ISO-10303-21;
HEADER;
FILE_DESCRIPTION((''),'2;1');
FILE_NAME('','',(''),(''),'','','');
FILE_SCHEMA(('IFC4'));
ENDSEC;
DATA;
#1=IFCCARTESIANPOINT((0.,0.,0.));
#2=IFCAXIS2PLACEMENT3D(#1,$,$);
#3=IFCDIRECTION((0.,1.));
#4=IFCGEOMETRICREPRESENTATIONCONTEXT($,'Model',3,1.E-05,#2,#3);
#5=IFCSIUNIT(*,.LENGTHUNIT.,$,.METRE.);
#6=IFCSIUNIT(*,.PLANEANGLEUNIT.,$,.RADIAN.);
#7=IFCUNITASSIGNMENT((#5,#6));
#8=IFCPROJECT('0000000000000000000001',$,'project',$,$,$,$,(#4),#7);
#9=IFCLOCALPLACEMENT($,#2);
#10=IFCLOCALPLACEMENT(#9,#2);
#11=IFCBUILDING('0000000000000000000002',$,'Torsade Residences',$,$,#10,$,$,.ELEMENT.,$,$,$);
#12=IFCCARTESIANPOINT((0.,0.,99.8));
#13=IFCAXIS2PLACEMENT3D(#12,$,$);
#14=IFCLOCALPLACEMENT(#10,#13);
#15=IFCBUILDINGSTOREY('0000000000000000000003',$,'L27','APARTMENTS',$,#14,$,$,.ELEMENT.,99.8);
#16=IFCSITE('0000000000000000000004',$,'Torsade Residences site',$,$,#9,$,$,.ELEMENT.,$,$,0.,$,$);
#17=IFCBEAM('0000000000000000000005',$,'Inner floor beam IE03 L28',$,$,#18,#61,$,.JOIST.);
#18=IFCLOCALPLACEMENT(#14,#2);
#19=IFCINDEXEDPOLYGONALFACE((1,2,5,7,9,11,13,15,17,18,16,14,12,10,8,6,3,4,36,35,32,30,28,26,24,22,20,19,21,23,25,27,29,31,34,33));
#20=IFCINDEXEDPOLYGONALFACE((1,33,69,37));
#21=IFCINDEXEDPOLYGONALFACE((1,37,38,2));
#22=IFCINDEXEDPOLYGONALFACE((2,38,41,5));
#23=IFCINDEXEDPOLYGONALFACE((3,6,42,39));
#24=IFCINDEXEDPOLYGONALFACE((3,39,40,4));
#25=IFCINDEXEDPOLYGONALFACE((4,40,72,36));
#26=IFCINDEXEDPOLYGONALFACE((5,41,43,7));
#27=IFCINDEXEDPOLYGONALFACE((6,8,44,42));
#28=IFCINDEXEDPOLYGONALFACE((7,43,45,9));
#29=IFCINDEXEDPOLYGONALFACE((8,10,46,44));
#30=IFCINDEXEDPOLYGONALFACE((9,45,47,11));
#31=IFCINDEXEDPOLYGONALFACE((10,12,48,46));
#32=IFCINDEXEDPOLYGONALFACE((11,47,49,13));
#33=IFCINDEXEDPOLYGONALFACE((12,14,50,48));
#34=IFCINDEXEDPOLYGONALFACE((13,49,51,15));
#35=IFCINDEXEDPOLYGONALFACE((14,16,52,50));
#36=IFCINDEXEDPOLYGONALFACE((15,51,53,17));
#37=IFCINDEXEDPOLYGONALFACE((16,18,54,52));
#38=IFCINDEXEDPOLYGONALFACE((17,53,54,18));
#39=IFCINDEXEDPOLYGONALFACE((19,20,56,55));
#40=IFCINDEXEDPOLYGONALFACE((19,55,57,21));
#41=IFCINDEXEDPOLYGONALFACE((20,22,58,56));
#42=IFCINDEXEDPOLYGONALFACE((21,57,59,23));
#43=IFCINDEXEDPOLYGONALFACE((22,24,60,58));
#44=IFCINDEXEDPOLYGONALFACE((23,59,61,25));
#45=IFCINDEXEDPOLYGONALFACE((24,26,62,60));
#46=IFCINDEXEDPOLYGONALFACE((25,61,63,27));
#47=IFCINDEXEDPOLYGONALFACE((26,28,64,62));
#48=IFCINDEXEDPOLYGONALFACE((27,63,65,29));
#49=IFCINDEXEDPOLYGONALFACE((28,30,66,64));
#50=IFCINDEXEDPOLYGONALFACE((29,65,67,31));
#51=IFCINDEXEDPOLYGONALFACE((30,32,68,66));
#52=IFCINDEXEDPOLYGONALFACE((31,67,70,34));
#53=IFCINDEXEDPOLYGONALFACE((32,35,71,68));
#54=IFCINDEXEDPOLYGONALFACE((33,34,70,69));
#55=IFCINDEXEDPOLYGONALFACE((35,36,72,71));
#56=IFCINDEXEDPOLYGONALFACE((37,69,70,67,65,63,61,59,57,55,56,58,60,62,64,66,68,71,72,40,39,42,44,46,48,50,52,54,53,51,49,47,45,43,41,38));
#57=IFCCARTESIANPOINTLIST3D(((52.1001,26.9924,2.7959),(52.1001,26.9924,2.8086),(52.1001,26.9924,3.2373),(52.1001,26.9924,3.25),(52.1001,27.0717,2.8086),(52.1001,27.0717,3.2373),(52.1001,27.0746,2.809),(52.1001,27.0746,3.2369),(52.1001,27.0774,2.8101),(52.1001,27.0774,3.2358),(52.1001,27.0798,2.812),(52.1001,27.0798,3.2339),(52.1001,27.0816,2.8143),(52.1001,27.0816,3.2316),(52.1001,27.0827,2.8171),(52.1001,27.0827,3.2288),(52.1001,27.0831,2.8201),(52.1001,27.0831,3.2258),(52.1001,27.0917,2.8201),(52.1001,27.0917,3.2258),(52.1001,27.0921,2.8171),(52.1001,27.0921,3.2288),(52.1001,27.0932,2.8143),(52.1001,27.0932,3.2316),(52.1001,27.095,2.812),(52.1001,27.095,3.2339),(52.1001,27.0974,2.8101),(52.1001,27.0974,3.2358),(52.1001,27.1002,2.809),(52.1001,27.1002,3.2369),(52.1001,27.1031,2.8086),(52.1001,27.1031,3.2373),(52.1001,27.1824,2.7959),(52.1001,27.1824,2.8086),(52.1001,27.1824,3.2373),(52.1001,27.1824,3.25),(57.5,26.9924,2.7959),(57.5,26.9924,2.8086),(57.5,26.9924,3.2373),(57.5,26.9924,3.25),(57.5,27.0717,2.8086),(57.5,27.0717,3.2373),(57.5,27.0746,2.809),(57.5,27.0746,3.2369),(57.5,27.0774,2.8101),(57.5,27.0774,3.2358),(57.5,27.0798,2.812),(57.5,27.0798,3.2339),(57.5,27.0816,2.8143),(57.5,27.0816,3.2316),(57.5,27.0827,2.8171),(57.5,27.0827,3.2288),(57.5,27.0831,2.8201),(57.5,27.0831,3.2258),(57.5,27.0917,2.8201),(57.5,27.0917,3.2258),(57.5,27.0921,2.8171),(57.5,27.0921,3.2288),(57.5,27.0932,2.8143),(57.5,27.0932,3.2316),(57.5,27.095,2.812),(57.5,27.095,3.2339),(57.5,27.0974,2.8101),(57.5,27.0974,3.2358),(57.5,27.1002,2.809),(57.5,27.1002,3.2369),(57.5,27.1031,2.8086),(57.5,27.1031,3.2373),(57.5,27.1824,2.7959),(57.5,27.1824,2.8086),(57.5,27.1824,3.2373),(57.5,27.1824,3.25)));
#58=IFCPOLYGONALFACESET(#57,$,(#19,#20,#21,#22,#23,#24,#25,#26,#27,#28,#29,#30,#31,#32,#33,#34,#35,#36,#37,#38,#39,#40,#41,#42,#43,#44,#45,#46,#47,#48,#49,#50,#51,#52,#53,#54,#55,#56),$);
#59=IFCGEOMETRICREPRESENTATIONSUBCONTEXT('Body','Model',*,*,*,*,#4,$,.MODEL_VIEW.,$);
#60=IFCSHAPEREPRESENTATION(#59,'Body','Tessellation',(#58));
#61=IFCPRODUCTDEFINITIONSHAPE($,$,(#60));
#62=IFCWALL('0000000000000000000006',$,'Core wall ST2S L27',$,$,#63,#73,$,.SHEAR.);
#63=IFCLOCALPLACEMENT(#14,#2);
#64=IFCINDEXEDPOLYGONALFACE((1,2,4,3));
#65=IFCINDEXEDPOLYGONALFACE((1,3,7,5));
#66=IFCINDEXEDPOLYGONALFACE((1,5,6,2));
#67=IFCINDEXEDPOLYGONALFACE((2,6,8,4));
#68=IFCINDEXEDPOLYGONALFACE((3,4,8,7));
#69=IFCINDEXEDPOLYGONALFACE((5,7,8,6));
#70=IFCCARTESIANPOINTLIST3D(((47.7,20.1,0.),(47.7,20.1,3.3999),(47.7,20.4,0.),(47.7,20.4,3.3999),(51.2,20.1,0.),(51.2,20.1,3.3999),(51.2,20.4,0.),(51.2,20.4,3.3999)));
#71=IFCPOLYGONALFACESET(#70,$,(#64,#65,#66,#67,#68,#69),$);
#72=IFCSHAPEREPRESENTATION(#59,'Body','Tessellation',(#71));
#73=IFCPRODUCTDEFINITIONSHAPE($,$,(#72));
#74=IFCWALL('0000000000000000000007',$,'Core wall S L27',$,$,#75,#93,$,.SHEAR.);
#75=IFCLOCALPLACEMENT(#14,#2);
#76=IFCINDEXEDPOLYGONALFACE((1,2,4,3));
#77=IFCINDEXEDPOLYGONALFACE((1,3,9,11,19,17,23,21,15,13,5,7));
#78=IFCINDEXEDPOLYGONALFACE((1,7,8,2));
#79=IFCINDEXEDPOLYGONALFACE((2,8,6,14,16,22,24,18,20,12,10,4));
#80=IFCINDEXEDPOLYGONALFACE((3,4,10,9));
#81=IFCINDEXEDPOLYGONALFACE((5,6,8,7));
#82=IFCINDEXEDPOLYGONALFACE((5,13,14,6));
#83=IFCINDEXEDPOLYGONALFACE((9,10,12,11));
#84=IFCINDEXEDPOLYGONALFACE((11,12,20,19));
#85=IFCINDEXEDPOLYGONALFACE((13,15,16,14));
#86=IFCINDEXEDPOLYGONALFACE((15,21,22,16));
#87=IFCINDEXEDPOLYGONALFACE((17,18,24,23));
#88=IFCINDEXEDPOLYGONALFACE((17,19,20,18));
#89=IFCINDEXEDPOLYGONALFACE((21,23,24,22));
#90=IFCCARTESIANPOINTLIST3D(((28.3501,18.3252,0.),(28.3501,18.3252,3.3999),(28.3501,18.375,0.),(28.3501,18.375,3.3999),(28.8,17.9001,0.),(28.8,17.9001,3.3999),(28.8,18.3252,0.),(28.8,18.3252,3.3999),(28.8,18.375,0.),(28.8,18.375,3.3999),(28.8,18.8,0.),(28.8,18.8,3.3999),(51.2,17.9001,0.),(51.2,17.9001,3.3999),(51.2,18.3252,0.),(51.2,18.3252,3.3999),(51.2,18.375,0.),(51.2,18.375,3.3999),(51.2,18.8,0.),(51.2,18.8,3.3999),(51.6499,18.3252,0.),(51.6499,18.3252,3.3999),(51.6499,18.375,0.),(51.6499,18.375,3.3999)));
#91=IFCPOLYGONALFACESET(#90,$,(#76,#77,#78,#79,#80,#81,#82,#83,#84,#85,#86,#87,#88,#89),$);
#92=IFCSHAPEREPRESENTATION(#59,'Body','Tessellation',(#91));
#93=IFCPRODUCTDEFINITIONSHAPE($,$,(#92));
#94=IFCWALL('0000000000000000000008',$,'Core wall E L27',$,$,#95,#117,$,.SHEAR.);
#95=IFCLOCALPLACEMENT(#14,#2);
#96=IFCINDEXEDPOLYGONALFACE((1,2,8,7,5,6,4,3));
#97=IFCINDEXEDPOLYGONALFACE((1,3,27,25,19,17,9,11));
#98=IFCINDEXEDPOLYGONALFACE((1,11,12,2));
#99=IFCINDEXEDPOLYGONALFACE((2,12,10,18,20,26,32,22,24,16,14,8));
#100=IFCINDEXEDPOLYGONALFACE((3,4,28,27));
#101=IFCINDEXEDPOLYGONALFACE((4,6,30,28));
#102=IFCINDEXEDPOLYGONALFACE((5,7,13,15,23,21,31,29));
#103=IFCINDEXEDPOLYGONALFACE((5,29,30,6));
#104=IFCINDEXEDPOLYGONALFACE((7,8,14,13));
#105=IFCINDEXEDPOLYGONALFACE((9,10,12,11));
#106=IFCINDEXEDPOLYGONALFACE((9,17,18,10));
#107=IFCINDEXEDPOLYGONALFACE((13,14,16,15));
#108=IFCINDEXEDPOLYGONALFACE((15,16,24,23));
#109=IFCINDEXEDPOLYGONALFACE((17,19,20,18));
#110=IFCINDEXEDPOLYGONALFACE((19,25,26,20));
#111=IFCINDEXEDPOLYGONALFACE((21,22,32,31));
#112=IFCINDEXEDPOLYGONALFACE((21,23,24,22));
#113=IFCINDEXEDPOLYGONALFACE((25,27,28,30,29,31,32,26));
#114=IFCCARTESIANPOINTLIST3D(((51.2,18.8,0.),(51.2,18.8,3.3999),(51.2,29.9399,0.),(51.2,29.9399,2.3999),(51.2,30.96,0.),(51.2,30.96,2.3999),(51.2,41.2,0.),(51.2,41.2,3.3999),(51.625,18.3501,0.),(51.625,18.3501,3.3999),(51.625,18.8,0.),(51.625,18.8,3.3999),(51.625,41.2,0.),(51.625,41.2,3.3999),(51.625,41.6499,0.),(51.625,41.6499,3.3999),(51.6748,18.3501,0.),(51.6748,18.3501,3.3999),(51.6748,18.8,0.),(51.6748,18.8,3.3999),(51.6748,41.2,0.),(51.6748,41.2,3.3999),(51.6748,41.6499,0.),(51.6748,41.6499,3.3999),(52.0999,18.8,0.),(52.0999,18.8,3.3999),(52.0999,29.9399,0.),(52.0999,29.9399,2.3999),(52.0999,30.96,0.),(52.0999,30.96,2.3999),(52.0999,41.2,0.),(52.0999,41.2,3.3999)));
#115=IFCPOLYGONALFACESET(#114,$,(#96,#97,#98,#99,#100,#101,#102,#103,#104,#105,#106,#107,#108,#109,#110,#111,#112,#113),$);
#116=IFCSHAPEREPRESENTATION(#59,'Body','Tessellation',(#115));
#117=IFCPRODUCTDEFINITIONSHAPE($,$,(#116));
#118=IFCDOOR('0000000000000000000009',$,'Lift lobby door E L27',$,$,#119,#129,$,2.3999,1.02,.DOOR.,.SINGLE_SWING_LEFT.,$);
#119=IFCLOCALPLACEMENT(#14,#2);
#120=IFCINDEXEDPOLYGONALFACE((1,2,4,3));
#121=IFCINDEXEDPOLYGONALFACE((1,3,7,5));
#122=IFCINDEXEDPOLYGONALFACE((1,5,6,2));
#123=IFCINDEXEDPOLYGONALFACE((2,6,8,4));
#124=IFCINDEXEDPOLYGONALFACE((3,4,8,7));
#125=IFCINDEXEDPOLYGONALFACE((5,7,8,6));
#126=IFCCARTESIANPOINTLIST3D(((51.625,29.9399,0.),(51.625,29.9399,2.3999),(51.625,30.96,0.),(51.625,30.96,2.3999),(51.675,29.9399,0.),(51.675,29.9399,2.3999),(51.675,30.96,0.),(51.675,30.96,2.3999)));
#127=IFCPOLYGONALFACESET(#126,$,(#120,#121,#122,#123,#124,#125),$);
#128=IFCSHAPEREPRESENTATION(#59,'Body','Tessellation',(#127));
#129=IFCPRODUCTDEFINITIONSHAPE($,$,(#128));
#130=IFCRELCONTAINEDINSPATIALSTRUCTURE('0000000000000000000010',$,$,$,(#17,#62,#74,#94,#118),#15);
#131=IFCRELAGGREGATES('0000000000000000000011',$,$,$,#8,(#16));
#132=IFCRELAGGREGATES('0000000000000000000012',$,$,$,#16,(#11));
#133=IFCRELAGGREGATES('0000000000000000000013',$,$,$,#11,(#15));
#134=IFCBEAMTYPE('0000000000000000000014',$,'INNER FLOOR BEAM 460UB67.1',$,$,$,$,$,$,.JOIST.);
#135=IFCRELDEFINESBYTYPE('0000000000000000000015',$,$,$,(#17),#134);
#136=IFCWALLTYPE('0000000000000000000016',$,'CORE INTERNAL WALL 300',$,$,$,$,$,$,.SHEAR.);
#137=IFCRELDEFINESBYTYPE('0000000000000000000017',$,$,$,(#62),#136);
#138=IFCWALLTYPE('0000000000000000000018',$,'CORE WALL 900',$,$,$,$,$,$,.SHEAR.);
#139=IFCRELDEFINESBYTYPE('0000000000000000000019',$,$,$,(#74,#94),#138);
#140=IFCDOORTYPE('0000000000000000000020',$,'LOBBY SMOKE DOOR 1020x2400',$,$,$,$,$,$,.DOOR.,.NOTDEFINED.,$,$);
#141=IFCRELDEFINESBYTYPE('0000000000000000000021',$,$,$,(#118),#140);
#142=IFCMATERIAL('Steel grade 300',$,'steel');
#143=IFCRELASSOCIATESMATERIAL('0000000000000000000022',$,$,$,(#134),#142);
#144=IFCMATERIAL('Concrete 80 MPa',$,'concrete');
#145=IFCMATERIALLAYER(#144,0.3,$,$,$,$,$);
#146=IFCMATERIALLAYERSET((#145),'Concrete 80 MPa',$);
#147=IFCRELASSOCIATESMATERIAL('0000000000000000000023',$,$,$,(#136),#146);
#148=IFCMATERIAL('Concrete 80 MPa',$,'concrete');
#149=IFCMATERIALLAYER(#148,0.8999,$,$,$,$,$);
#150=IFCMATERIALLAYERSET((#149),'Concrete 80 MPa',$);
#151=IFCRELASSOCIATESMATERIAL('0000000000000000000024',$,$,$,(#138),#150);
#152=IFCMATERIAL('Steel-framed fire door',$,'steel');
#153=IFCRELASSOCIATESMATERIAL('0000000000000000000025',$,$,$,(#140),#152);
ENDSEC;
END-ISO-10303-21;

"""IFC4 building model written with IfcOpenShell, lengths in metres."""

from ifc_helpers import new_model, si_unit, direction, frame, frame_2d, origin, origin_2d, place, context, subcontext, project, spatial, polyline, rectangle, i_section, outline, extrude, material, layer, layer_set, material_profile, profile_set, type_object, element, fill, save


model = new_model("IFC4")

# Units and contexts
model_context = context("Model", 3, precision=1e-05, world=origin(), true_north=direction((0.0, 1.0)))
body_context = subcontext(model_context, "Body", "Model", "MODEL_VIEW")
ifc_project = project(units=[si_unit("LENGTHUNIT", "METRE"), si_unit("PLANEANGLEUNIT", "RADIAN")], contexts=[model_context])

# Site, building, storey
site_placement = place(None, origin())
site = spatial("IfcSite", under=ifc_project, at=site_placement, Name="Torsade Residences site", CompositionType="ELEMENT", RefElevation=0.0)
building_placement = place(site_placement, origin())
building = spatial("IfcBuilding", under=site, at=building_placement, Name="Torsade Residences", CompositionType="ELEMENT")
storey_placement = place(building_placement, frame((0.0, 0.0, 99.8)))
storey = spatial("IfcBuildingStorey", under=building, at=storey_placement, Name="L27", Description="APARTMENTS", CompositionType="ELEMENT", Elevation=99.8)

# Beam
ifc_material_1 = material(Name="Steel grade 300", Category="steel")
ifc_material_profile_1 = material_profile(ifc_material_1, i_section(OverallWidth=0.1899, OverallDepth=0.4541, WebThickness=0.0085, FlangeThickness=0.0127, FilletRadius=0.0115, at=origin_2d()), Name="460UB67.1")
ifc_profile_set_1 = profile_set([ifc_material_profile_1], Name="Steel grade 300")
beam_type = type_object("IfcBeamType", Name="INNER FLOOR BEAM 460UB67.1", PredefinedType="JOIST", material=ifc_profile_set_1)
beam_1_placement = place(storey_placement, frame((52.1001, 27.0874, 3.0229), z_axis=(1.0, 0.0, 0.0), x_axis=(0.0, 1.0, 0.0)))
element("IfcBeam", 1, at=beam_1_placement, inside=storey, type_object=beam_type, Name="Inner floor beam IE03 L28", PredefinedType="JOIST", context=body_context, shape_type="SweptSolid", body=[
    extrude(i_section(OverallWidth=0.1899, OverallDepth=0.4541, WebThickness=0.0085, FlangeThickness=0.0127, FilletRadius=0.0115, at=origin_2d()), origin(), (0.0, 0.0, 1.0), 5.3999),
])

# Walls
ifc_material_2 = material(Name="Concrete 80 MPa", Category="concrete")
ifc_layer_1 = layer(ifc_material_2, 0.3)
ifc_layer_set_1 = layer_set([ifc_layer_1], Name="Concrete 80 MPa")
wall_type_1 = type_object("IfcWallType", Name="CORE INTERNAL WALL 300", PredefinedType="SHEAR", material=ifc_layer_set_1)
wall_1_placement = place(storey_placement, frame((51.2, 20.25, 0.0), z_axis=(0.0, 0.0, 1.0), x_axis=(-1.0, 0.0, 0.0)))
element("IfcWall", 2, at=wall_1_placement, inside=storey, type_object=wall_type_1, Name="Core wall ST2S L27", PredefinedType="SHEAR", context=body_context, shape_type="SweptSolid", body=[
    extrude(rectangle(XDim=3.5, YDim=0.3, at=frame_2d((1.75, 0.0))), origin(), (0.0, 0.0, 1.0), 3.3999),
])
ifc_material_3 = material(Name="Concrete 80 MPa", Category="concrete")
ifc_layer_2 = layer(ifc_material_3, 0.8999)
ifc_layer_set_2 = layer_set([ifc_layer_2], Name="Concrete 80 MPa")
wall_type_2 = type_object("IfcWallType", Name="CORE WALL 900", PredefinedType="SHEAR", material=ifc_layer_set_2)
wall_2_placement = place(storey_placement, frame((51.2, 18.3501, 0.0), z_axis=(0.0, 0.0, 1.0), x_axis=(-1.0, 0.0, 0.0)))
element("IfcWall", 3, at=wall_2_placement, inside=storey, type_object=wall_type_2, Name="Core wall S L27", PredefinedType="SHEAR", context=body_context, shape_type="SweptSolid", body=[
    extrude(outline(polyline([(0.0, -0.45), (22.3999, -0.45), (22.3999, -0.0249), (22.8499, -0.0249), (22.8499, 0.0249), (22.3999, 0.0249), (22.3999, 0.45), (0.0, 0.45), (0.0, 0.0249), (-0.45, 0.0249), (-0.45, -0.0249), (0.0, -0.0249), (0.0, -0.45)])), origin(), (0.0, 0.0, 1.0), 3.3999),
])

# Wall, opening, door
wall_3_placement = place(storey_placement, frame((51.6499, 18.8, 0.0), z_axis=(0.0, 0.0, 1.0), x_axis=(0.0, 1.0, 0.0)))
wall_3 = element("IfcWall", 4, at=wall_3_placement, inside=storey, type_object=wall_type_2, Name="Core wall E L27", PredefinedType="SHEAR", context=body_context, shape_type="SweptSolid", body=[
    extrude(outline(polyline([(0.0, -0.45), (22.3999, -0.45), (22.3999, -0.0249), (22.8499, -0.0249), (22.8499, 0.0249), (22.3999, 0.0249), (22.3999, 0.45), (0.0, 0.45), (0.0, 0.0249), (-0.45, 0.0249), (-0.45, -0.0249), (0.0, -0.0249), (0.0, -0.45)])), origin(), (0.0, 0.0, 1.0), 3.3999),
])
opening_1_placement = place(wall_3_placement, frame((11.1399, 0.0, 0.0)))
opening_1 = element("IfcOpeningElement", 5, at=opening_1_placement, cuts=wall_3, PredefinedType="OPENING", context=body_context, shape_type="SweptSolid", body=[
    extrude(rectangle(XDim=1.02, YDim=2.3999, at=frame_2d((0.51, 1.2))), frame((0.0, 0.46, 0.0), z_axis=(0.0, -1.0, 0.0), x_axis=(1.0, 0.0, 0.0)), (0.0, 0.0, 1.0), 0.9199),
])
ifc_material_4 = material(Name="Steel-framed fire door", Category="steel")
door_type_1 = type_object("IfcDoorType", Name="LOBBY SMOKE DOOR 1020x2400", OperationType="NOTDEFINED", PredefinedType="DOOR", material=ifc_material_4)
door_1_placement = place(opening_1_placement, origin())
door_1 = element("IfcDoor", 6, at=door_1_placement, inside=storey, type_object=door_type_1, Name="Lift lobby door E L27", OperationType="SINGLE_SWING_LEFT", OverallHeight=2.3999, OverallWidth=1.02, PredefinedType="DOOR", context=body_context, shape_type="SweptSolid", body=[
    extrude(rectangle(XDim=1.02, YDim=2.3999, at=frame_2d((0.51, 1.2))), frame((0.0, 0.0249, 0.0), z_axis=(0.0, -1.0, 0.0), x_axis=(1.0, 0.0, 0.0)), (0.0, 0.0, 1.0), 0.05),
])
fill(opening_1, door_1)

save(model, "model.ifc")
